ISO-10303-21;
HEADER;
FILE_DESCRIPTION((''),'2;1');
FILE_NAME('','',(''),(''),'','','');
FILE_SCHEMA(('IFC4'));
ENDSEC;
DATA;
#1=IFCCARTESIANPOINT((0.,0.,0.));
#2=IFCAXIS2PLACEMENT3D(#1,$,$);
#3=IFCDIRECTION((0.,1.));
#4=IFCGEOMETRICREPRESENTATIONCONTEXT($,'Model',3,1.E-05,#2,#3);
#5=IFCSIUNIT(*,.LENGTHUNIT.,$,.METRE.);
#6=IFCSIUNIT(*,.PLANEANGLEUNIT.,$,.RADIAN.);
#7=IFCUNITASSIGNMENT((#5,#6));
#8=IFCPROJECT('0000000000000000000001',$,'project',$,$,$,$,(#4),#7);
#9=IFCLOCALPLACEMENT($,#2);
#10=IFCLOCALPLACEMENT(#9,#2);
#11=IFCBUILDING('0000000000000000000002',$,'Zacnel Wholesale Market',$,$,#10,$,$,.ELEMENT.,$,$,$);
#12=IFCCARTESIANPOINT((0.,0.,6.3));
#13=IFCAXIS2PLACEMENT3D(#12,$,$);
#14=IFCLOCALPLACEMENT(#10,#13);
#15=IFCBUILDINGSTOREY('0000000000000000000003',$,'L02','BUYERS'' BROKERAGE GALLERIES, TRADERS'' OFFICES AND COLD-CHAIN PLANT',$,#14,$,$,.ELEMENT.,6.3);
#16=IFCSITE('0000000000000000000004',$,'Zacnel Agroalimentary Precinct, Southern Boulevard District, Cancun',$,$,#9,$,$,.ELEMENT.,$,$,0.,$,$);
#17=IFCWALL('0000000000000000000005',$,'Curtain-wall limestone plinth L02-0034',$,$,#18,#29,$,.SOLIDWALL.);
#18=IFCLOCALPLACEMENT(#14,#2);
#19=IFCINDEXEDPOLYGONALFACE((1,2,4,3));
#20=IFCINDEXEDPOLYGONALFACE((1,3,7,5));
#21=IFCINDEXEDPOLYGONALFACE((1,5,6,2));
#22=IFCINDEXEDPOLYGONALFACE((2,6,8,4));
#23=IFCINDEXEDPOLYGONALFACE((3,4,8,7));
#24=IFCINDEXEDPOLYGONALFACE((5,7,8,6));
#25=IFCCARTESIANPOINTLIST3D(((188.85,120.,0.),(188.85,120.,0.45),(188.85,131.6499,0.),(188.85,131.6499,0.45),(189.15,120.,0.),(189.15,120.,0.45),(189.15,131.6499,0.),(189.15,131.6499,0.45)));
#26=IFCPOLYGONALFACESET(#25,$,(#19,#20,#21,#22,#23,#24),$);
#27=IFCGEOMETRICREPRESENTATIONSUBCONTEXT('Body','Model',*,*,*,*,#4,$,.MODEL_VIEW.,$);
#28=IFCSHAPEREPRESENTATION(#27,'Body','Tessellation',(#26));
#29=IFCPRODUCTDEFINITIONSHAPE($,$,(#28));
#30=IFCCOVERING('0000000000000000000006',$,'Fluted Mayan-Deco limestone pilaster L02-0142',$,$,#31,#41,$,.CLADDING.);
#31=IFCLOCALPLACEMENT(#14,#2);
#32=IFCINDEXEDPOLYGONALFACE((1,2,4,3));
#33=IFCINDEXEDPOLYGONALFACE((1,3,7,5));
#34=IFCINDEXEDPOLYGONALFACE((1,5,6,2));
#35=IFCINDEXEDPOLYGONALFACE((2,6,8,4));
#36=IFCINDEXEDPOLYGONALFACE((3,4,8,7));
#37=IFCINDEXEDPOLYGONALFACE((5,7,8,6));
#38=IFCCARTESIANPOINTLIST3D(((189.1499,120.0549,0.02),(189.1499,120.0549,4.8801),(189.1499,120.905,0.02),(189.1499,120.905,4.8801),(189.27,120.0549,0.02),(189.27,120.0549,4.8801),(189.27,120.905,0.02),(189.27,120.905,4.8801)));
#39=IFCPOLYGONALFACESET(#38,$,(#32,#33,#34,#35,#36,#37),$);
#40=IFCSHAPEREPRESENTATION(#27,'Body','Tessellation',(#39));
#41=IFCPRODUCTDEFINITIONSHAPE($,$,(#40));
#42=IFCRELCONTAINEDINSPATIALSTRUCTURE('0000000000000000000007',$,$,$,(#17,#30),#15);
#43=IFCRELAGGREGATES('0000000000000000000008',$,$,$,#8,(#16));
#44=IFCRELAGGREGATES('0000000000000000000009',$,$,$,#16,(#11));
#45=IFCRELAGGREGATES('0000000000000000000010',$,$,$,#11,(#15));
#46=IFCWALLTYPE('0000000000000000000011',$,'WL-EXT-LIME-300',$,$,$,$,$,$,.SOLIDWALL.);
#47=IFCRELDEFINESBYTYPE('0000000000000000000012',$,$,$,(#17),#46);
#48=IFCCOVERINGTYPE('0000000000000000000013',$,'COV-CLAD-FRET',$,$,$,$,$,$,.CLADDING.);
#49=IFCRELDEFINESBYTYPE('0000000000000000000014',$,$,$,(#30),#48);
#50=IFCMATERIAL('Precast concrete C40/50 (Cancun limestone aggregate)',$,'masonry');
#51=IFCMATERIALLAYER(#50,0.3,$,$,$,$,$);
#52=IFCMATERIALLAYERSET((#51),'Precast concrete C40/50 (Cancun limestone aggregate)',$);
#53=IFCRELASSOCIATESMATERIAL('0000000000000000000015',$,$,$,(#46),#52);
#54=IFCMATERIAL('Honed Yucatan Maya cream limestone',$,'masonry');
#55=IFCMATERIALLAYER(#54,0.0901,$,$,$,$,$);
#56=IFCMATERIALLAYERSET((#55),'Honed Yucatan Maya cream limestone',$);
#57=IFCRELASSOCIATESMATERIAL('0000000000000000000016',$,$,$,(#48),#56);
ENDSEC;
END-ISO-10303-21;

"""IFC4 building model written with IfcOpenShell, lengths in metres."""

from ifc_helpers import new_model, si_unit, direction, frame, frame_2d, origin, origin_2d, place, context, subcontext, project, spatial, rectangle, extrude, material, layer, layer_set, type_object, element, save


model = new_model("IFC4")

# Units and contexts
model_context = context("Model", 3, precision=1e-05, world=origin(), true_north=direction((0.0, 1.0)))
body_context = subcontext(model_context, "Body", "Model", "MODEL_VIEW")
ifc_project = project(units=[si_unit("LENGTHUNIT", "METRE"), si_unit("PLANEANGLEUNIT", "RADIAN")], contexts=[model_context])

# Site, building, storey
site_placement = place(None, origin())
site = spatial("IfcSite", under=ifc_project, at=site_placement, Name="Zacnel Agroalimentary Precinct, Southern Boulevard District, Cancun", CompositionType="ELEMENT", RefElevation=0.0)
building_placement = place(site_placement, origin())
building = spatial("IfcBuilding", under=site, at=building_placement, Name="Zacnel Wholesale Market", CompositionType="ELEMENT")
storey_placement = place(building_placement, frame((0.0, 0.0, 6.3)))
storey = spatial("IfcBuildingStorey", under=building, at=storey_placement, Name="L02", Description="BUYERS' BROKERAGE GALLERIES, TRADERS' OFFICES AND COLD-CHAIN PLANT", CompositionType="ELEMENT", Elevation=6.3)

# Wall
ifc_material_1 = material(Name="Precast concrete C40/50 (Cancun limestone aggregate)", Category="masonry")
ifc_layer_1 = layer(ifc_material_1, 0.3)
ifc_layer_set_1 = layer_set([ifc_layer_1], Name="Precast concrete C40/50 (Cancun limestone aggregate)")
wall_type = type_object("IfcWallType", Name="WL-EXT-LIME-300", PredefinedType="SOLIDWALL", material=ifc_layer_set_1)
wall_placement = place(storey_placement, frame((189.0, 120.0, 0.0), z_axis=(0.0, 0.0, 1.0), x_axis=(0.0, 1.0, 0.0)))
element("IfcWall", 1, at=wall_placement, inside=storey, type_object=wall_type, Name="Curtain-wall limestone plinth L02-0034", PredefinedType="SOLIDWALL", context=body_context, shape_type="SweptSolid", body=[
    extrude(rectangle(XDim=11.6499, YDim=0.3, at=frame_2d((5.825, 0.0))), origin(), (0.0, 0.0, 1.0), 0.45),
])

# Covering
ifc_material_2 = material(Name="Honed Yucatan Maya cream limestone", Category="masonry")
ifc_layer_2 = layer(ifc_material_2, 0.0901)
ifc_layer_set_2 = layer_set([ifc_layer_2], Name="Honed Yucatan Maya cream limestone")
covering_type = type_object("IfcCoveringType", Name="COV-CLAD-FRET", PredefinedType="CLADDING", material=ifc_layer_set_2)
covering_placement = place(storey_placement, frame((189.21, 120.48, 0.02), z_axis=(0.0, 0.0, 1.0), x_axis=(0.0, 1.0, 0.0)))
element("IfcCovering", 2, at=covering_placement, inside=storey, type_object=covering_type, Name="Fluted Mayan-Deco limestone pilaster L02-0142", PredefinedType="CLADDING", context=body_context, shape_type="SweptSolid", body=[
    extrude(rectangle(XDim=0.8501, YDim=0.1201, at=origin_2d()), origin(), (0.0, 0.0, 1.0), 4.8601),
])

save(model, "model.ifc")
